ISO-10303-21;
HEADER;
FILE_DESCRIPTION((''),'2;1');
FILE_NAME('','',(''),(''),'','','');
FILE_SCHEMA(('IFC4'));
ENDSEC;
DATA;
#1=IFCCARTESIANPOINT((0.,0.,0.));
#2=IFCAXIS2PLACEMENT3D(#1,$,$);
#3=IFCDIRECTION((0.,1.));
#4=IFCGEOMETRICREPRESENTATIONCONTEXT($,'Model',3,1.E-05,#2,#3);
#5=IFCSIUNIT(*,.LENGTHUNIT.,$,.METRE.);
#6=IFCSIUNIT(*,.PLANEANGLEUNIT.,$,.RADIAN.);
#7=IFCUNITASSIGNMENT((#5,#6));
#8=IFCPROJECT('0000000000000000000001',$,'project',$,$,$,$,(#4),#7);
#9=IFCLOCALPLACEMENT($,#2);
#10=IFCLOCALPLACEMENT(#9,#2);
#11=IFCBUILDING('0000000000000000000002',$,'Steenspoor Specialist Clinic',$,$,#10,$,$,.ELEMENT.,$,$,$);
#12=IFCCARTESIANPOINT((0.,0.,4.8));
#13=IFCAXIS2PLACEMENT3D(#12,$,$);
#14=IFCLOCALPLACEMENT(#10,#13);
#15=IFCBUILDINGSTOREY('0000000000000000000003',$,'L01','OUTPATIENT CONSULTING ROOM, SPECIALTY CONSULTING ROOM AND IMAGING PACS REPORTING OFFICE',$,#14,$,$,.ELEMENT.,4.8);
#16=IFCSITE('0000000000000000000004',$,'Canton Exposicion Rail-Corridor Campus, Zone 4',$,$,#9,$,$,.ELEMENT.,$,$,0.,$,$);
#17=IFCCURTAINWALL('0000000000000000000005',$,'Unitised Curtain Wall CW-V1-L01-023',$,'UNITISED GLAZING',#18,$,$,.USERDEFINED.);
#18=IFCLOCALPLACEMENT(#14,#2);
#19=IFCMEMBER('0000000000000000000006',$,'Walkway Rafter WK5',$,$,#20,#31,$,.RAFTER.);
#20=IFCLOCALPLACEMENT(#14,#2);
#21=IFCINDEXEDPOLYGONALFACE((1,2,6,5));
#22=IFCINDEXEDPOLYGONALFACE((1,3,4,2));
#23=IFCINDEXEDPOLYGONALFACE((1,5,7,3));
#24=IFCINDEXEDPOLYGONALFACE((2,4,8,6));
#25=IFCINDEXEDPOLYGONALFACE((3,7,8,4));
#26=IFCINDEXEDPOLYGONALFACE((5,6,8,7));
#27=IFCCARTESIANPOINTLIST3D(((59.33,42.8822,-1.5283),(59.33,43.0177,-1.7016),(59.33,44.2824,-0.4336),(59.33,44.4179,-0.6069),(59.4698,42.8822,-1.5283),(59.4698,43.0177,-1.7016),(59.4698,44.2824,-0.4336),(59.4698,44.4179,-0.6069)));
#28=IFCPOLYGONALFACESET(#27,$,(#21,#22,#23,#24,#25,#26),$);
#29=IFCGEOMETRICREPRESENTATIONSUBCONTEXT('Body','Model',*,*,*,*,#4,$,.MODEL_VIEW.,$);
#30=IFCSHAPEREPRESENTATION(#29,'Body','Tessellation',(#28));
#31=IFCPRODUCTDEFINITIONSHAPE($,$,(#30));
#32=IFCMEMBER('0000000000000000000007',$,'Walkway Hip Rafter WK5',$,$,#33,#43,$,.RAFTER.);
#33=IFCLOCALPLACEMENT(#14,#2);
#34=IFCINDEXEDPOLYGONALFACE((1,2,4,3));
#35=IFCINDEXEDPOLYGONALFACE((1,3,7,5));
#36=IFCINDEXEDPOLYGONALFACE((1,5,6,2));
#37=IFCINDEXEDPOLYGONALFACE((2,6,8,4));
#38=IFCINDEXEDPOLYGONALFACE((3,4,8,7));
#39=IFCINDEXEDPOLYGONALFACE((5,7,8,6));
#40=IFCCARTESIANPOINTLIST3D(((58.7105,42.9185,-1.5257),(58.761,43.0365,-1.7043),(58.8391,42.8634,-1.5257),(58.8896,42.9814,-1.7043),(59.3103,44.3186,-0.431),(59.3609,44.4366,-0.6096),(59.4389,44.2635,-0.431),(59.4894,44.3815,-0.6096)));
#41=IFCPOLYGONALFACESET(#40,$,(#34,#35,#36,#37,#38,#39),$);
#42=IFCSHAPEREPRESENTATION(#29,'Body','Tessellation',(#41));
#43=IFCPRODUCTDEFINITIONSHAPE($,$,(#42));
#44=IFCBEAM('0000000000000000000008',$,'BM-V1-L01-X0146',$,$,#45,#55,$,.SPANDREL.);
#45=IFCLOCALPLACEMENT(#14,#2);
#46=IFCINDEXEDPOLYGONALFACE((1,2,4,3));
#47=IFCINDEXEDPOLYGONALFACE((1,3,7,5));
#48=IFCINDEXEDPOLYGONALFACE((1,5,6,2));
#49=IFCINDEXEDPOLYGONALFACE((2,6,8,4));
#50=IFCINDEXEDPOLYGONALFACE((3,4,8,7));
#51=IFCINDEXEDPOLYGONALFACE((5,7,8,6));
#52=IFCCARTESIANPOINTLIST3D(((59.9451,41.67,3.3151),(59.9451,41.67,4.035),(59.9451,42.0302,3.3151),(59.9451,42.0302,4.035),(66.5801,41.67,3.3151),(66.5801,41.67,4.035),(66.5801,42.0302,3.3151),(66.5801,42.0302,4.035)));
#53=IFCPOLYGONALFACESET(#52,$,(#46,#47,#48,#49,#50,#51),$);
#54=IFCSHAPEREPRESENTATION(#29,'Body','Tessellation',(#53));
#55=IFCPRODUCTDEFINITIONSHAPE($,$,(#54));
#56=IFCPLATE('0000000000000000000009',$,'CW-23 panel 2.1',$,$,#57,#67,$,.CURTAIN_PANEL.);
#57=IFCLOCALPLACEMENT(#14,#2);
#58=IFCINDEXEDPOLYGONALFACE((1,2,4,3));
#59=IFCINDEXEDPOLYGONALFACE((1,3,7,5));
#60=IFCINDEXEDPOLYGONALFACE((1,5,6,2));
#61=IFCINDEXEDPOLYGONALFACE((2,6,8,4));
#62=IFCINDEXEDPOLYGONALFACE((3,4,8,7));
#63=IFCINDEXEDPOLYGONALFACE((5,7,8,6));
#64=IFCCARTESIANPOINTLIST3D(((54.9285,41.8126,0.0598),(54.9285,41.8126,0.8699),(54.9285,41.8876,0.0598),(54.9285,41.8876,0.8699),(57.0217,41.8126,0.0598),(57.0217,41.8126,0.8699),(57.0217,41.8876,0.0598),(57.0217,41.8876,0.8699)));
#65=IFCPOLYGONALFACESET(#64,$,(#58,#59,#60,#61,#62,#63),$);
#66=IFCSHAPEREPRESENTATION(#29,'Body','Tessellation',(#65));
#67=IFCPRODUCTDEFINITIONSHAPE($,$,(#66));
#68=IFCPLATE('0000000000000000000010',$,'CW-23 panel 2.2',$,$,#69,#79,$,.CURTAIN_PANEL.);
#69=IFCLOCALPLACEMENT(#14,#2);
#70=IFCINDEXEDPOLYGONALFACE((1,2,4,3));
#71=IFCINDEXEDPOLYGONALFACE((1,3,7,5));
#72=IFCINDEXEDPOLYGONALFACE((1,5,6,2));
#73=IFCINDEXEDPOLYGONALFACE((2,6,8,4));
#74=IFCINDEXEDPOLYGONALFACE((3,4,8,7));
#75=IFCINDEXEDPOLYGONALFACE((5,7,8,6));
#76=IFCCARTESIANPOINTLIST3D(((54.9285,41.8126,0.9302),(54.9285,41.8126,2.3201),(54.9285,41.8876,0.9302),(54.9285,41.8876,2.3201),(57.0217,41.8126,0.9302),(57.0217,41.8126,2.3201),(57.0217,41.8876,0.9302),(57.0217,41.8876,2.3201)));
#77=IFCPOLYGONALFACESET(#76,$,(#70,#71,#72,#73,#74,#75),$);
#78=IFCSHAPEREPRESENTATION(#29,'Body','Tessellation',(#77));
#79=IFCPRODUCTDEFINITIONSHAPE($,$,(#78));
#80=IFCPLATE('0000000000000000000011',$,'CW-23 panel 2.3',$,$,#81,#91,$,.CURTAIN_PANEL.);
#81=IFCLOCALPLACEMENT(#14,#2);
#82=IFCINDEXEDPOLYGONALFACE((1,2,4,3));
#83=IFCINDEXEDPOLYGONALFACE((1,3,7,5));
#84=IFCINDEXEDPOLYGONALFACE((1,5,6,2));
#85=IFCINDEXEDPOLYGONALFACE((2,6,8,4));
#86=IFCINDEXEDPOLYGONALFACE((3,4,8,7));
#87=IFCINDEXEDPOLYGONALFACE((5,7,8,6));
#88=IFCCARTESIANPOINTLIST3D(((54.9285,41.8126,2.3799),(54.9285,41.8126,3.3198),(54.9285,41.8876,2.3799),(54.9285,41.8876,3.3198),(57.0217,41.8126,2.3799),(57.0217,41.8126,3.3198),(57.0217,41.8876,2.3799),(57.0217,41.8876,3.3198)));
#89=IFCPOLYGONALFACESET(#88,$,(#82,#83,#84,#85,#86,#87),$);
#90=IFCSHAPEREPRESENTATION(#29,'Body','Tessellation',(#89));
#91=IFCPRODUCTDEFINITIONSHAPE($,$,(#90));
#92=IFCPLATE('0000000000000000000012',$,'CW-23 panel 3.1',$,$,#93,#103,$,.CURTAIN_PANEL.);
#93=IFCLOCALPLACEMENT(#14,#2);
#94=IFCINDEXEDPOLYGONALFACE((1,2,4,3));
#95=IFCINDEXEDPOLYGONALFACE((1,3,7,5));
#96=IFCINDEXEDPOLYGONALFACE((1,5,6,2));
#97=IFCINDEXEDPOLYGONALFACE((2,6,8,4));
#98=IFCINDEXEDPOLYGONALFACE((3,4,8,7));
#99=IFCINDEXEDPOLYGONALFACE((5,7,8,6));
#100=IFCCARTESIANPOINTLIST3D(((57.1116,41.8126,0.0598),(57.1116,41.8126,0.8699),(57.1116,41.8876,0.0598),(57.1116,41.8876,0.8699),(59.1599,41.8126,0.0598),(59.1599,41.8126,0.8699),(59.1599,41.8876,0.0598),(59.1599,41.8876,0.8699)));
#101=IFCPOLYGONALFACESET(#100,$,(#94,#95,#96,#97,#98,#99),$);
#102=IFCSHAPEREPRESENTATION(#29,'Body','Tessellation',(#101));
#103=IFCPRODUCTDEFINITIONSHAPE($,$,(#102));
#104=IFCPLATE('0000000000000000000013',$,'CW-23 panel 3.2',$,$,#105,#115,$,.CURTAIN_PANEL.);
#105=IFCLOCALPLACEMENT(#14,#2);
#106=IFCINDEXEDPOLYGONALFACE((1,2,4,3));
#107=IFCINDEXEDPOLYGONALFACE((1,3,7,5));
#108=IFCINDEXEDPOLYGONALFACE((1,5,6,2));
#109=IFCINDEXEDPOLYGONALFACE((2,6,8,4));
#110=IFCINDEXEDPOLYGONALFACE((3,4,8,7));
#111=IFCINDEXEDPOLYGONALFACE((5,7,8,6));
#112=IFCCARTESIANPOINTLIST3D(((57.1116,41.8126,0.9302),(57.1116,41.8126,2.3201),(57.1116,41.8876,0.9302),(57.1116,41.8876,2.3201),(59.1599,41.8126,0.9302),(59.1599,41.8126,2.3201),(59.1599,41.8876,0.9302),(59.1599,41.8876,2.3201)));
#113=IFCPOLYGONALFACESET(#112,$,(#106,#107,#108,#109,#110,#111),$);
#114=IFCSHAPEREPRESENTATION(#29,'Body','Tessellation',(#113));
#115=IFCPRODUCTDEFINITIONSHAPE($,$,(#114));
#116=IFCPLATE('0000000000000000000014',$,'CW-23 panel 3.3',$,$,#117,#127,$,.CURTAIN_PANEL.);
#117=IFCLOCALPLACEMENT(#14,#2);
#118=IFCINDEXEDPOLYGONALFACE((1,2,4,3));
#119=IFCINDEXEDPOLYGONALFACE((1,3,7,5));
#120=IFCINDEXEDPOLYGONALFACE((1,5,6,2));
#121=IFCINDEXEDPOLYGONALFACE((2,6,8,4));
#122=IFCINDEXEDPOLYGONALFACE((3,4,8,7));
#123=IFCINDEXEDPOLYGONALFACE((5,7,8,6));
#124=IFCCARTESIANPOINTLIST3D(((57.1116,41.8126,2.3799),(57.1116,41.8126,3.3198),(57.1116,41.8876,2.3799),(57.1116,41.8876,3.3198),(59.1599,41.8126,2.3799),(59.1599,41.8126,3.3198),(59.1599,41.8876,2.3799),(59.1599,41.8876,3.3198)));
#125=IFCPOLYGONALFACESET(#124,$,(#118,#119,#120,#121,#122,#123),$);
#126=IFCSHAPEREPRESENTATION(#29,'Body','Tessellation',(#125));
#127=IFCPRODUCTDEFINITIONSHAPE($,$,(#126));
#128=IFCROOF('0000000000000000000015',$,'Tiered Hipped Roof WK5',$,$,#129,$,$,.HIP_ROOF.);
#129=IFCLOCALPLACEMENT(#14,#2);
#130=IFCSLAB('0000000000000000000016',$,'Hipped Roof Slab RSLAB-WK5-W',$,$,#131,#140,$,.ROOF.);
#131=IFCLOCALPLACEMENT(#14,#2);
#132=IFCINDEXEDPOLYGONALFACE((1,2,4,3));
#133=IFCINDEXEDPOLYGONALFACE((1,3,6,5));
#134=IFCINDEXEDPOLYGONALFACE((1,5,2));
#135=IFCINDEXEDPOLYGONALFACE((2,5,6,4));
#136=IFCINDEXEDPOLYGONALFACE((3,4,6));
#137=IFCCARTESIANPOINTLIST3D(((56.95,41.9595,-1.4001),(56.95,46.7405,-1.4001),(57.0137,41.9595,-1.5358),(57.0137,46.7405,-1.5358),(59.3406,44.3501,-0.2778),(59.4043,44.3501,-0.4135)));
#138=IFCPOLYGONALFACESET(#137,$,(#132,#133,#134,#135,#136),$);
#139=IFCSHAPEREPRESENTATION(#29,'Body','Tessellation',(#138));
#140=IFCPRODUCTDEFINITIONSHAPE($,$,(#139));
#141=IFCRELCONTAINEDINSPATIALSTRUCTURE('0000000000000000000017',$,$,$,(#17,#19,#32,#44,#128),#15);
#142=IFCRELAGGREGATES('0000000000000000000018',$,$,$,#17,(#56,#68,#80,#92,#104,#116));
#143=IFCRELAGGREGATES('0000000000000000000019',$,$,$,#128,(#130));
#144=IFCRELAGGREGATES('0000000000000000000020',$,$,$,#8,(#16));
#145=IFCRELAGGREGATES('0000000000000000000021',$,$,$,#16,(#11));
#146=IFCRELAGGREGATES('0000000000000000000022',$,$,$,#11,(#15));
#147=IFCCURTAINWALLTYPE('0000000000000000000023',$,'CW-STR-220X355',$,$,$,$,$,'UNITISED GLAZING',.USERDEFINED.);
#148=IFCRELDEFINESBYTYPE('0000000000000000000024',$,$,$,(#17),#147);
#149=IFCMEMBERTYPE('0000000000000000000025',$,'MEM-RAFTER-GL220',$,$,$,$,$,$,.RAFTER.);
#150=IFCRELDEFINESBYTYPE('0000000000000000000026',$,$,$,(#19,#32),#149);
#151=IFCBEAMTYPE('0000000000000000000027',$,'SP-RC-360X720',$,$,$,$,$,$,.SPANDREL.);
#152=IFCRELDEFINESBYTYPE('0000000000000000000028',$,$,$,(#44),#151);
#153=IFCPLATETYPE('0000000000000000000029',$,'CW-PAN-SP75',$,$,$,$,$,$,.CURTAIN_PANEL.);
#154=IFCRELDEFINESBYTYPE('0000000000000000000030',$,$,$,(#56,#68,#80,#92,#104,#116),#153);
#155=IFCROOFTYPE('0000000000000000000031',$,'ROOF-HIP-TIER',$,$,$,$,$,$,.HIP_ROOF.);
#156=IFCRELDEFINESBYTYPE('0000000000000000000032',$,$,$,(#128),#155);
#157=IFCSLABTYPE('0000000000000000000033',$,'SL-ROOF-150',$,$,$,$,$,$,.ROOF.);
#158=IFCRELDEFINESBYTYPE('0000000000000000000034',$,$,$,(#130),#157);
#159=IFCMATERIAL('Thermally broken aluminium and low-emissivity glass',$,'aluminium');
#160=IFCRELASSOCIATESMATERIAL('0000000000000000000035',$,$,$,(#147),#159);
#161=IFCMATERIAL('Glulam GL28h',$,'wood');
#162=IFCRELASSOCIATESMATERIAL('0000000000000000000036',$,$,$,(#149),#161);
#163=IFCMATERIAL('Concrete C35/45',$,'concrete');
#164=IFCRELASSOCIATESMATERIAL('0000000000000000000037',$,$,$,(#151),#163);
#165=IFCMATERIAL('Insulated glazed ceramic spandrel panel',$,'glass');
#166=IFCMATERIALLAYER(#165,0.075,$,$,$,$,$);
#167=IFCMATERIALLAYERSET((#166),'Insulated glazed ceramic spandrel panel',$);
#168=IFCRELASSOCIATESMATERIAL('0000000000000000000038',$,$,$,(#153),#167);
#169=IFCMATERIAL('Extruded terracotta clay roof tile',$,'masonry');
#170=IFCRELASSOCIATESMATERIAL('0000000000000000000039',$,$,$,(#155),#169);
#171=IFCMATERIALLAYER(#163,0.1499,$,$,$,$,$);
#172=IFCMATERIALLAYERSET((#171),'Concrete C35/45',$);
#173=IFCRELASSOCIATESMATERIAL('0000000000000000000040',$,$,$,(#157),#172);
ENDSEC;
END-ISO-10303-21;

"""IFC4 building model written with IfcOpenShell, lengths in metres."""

from ifc_helpers import new_model, si_unit, direction, frame, origin, origin_2d, place, context, subcontext, project, spatial, polyline, rectangle, outline, extrude, material, layer, layer_set, material_profile, profile_set, type_object, element, aggregate, save


model = new_model("IFC4")

# Units and contexts
model_context = context("Model", 3, precision=1e-05, world=origin(), true_north=direction((0.0, 1.0)))
body_context = subcontext(model_context, "Body", "Model", "MODEL_VIEW")
ifc_project = project(units=[si_unit("LENGTHUNIT", "METRE"), si_unit("PLANEANGLEUNIT", "RADIAN")], contexts=[model_context])

# Site, building, storey
site_placement = place(None, origin())
site = spatial("IfcSite", under=ifc_project, at=site_placement, Name="Canton Exposicion Rail-Corridor Campus, Zone 4", CompositionType="ELEMENT", RefElevation=0.0)
building_placement = place(site_placement, origin())
building = spatial("IfcBuilding", under=site, at=building_placement, Name="Steenspoor Specialist Clinic", CompositionType="ELEMENT")
storey_placement = place(building_placement, frame((0.0, 0.0, 4.8)))
storey = spatial("IfcBuildingStorey", under=building, at=storey_placement, Name="L01", Description="OUTPATIENT CONSULTING ROOM, SPECIALTY CONSULTING ROOM AND IMAGING PACS REPORTING OFFICE", CompositionType="ELEMENT", Elevation=4.8)

# Curtain wall
ifc_material_1 = material(Name="Thermally broken aluminium and low-emissivity glass", Category="aluminium")
curtain_wall_type = type_object("IfcCurtainWallType", Name="CW-STR-220X355", ElementType="UNITISED GLAZING", PredefinedType="USERDEFINED", material=ifc_material_1)
curtain_wall_placement = place(storey_placement, origin())
curtain_wall = element("IfcCurtainWall", 1, at=curtain_wall_placement, inside=storey, type_object=curtain_wall_type, Name="Unitised Curtain Wall CW-V1-L01-023", ObjectType="UNITISED GLAZING", PredefinedType="USERDEFINED")

# Members
ifc_material_2 = material(Name="Glulam GL28h", Category="wood")
ifc_material_profile_1 = material_profile(ifc_material_2, rectangle(XDim=0.1399, YDim=0.22, at=origin_2d()), Name="GL28H-140X220")
ifc_profile_set_1 = profile_set([ifc_material_profile_1], Name="Glulam GL28h")
member_type_1 = type_object("IfcMemberType", Name="MEM-RAFTER-GL220", PredefinedType="RAFTER", material=ifc_profile_set_1)
member_1_placement = place(storey_placement, frame((59.3999, 42.95, -1.615), z_axis=(0.0, 0.787789, 0.615945), x_axis=(-1.0, 0.0, 0.0)))
element("IfcMember", 2, at=member_1_placement, inside=storey, type_object=member_type_1, Name="Walkway Rafter WK5", PredefinedType="RAFTER", context=body_context, shape_type="SweptSolid", body=[
    extrude(rectangle(XDim=0.1399, YDim=0.22, at=origin_2d()), origin(), (0.0, 0.0, 1.0), 1.7773),
])
member_2_placement = place(storey_placement, frame((58.8, 42.95, -1.615), z_axis=(0.319784, 0.746423, 0.583602), x_axis=(-0.919195, 0.393803, 0.0)))
element("IfcMember", 3, at=member_2_placement, inside=storey, type_object=member_type_1, Name="Walkway Hip Rafter WK5", PredefinedType="RAFTER", context=body_context, shape_type="SweptSolid", body=[
    extrude(rectangle(XDim=0.1399, YDim=0.22, at=origin_2d()), origin(), (0.0, 0.0, 1.0), 1.8757),
])

# Beam
ifc_material_3 = material(Name="Concrete C35/45", Category="concrete")
ifc_material_profile_2 = material_profile(ifc_material_3, rectangle(XDim=0.3601, YDim=0.72, at=origin_2d()), Name="RC-SP-360X720")
ifc_profile_set_2 = profile_set([ifc_material_profile_2], Name="Concrete C35/45")
beam_type = type_object("IfcBeamType", Name="SP-RC-360X720", PredefinedType="SPANDREL", material=ifc_profile_set_2)
beam_placement = place(storey_placement, frame((59.9451, 41.8501, 3.675), z_axis=(1.0, 0.0, 0.0), x_axis=(0.0, 1.0, 0.0)))
element("IfcBeam", 4, at=beam_placement, inside=storey, type_object=beam_type, Name="BM-V1-L01-X0146", PredefinedType="SPANDREL", context=body_context, shape_type="SweptSolid", body=[
    extrude(rectangle(XDim=0.3601, YDim=0.72, at=origin_2d()), origin(), (0.0, 0.0, 1.0), 6.635),
])

# Plates
ifc_material_4 = material(Name="Insulated glazed ceramic spandrel panel", Category="glass")
ifc_layer_1 = layer(ifc_material_4, 0.075)
ifc_layer_set_1 = layer_set([ifc_layer_1], Name="Insulated glazed ceramic spandrel panel")
plate_type = type_object("IfcPlateType", Name="CW-PAN-SP75", PredefinedType="CURTAIN_PANEL", material=ifc_layer_set_1)
plate_1_placement = place(storey_placement, frame((55.9751, 41.8501, 0.0598), z_axis=(0.0, 0.0, 1.0), x_axis=(1.0, 0.0, 0.0)))
plate_1 = element("IfcPlate", 5, at=plate_1_placement, type_object=plate_type, Name="CW-23 panel 2.1", PredefinedType="CURTAIN_PANEL", context=body_context, shape_type="SweptSolid", body=[
    extrude(rectangle(XDim=2.0933, YDim=0.075, at=origin_2d()), origin(), (0.0, 0.0, 1.0), 0.8101),
])
plate_2_placement = place(storey_placement, frame((55.9751, 41.8501, 0.9302), z_axis=(0.0, 0.0, 1.0), x_axis=(1.0, 0.0, 0.0)))
plate_2 = element("IfcPlate", 6, at=plate_2_placement, type_object=plate_type, Name="CW-23 panel 2.2", PredefinedType="CURTAIN_PANEL", context=body_context, shape_type="SweptSolid", body=[
    extrude(rectangle(XDim=2.0933, YDim=0.075, at=origin_2d()), origin(), (0.0, 0.0, 1.0), 1.3899),
])
plate_3_placement = place(storey_placement, frame((55.9751, 41.8501, 2.3799), z_axis=(0.0, 0.0, 1.0), x_axis=(1.0, 0.0, 0.0)))
plate_3 = element("IfcPlate", 7, at=plate_3_placement, type_object=plate_type, Name="CW-23 panel 2.3", PredefinedType="CURTAIN_PANEL", context=body_context, shape_type="SweptSolid", body=[
    extrude(rectangle(XDim=2.0933, YDim=0.075, at=origin_2d()), origin(), (0.0, 0.0, 1.0), 0.9399),
])
plate_4_placement = place(storey_placement, frame((58.1357, 41.8501, 0.0598), z_axis=(0.0, 0.0, 1.0), x_axis=(1.0, 0.0, 0.0)))
plate_4 = element("IfcPlate", 8, at=plate_4_placement, type_object=plate_type, Name="CW-23 panel 3.1", PredefinedType="CURTAIN_PANEL", context=body_context, shape_type="SweptSolid", body=[
    extrude(rectangle(XDim=2.0483, YDim=0.075, at=origin_2d()), origin(), (0.0, 0.0, 1.0), 0.8101),
])
plate_5_placement = place(storey_placement, frame((58.1357, 41.8501, 0.9302), z_axis=(0.0, 0.0, 1.0), x_axis=(1.0, 0.0, 0.0)))
plate_5 = element("IfcPlate", 9, at=plate_5_placement, type_object=plate_type, Name="CW-23 panel 3.2", PredefinedType="CURTAIN_PANEL", context=body_context, shape_type="SweptSolid", body=[
    extrude(rectangle(XDim=2.0483, YDim=0.075, at=origin_2d()), origin(), (0.0, 0.0, 1.0), 1.3899),
])
plate_6_placement = place(storey_placement, frame((58.1357, 41.8501, 2.3799), z_axis=(0.0, 0.0, 1.0), x_axis=(1.0, 0.0, 0.0)))
plate_6 = element("IfcPlate", 10, at=plate_6_placement, type_object=plate_type, Name="CW-23 panel 3.3", PredefinedType="CURTAIN_PANEL", context=body_context, shape_type="SweptSolid", body=[
    extrude(rectangle(XDim=2.0483, YDim=0.075, at=origin_2d()), origin(), (0.0, 0.0, 1.0), 0.9399),
])
aggregate(curtain_wall, [plate_1, plate_2, plate_3, plate_4, plate_5, plate_6])

# Shared definitions
ifc_material_5 = material(Name="Extruded terracotta clay roof tile", Category="masonry")
roof_type = type_object("IfcRoofType", Name="ROOF-HIP-TIER", PredefinedType="HIP_ROOF", material=ifc_material_5)
ifc_layer_2 = layer(ifc_material_3, 0.1499)
ifc_layer_set_2 = layer_set([ifc_layer_2], Name="Concrete C35/45")
slab_type = type_object("IfcSlabType", Name="SL-ROOF-150", PredefinedType="ROOF", material=ifc_layer_set_2)

# Roof, slab
roof_1_placement = place(storey_placement, origin())
roof_1 = element("IfcRoof", 11, at=roof_1_placement, inside=storey, type_object=roof_type, Name="Tiered Hipped Roof WK5", PredefinedType="HIP_ROOF")
slab_1_placement = place(storey_placement, frame((59.3406, 44.3501, -0.2778), z_axis=(-0.424964, 0.0, 0.90521), x_axis=(-0.671127, 0.671058, -0.31507)))
slab_1 = element("IfcSlab", 12, at=slab_1_placement, type_object=slab_type, Name="Hipped Roof Slab RSLAB-WK5-W", PredefinedType="ROOF", context=body_context, shape_type="SweptSolid", body=[
    extrude(outline(polyline([(0.0, 0.0), (3.5621, 0.0), (0.3538, 3.5447), (0.0, 0.0)])), origin(), (0.0, 0.0, -1.0), 0.1499),
])
aggregate(roof_1, [slab_1])

save(model, "model.ifc")
